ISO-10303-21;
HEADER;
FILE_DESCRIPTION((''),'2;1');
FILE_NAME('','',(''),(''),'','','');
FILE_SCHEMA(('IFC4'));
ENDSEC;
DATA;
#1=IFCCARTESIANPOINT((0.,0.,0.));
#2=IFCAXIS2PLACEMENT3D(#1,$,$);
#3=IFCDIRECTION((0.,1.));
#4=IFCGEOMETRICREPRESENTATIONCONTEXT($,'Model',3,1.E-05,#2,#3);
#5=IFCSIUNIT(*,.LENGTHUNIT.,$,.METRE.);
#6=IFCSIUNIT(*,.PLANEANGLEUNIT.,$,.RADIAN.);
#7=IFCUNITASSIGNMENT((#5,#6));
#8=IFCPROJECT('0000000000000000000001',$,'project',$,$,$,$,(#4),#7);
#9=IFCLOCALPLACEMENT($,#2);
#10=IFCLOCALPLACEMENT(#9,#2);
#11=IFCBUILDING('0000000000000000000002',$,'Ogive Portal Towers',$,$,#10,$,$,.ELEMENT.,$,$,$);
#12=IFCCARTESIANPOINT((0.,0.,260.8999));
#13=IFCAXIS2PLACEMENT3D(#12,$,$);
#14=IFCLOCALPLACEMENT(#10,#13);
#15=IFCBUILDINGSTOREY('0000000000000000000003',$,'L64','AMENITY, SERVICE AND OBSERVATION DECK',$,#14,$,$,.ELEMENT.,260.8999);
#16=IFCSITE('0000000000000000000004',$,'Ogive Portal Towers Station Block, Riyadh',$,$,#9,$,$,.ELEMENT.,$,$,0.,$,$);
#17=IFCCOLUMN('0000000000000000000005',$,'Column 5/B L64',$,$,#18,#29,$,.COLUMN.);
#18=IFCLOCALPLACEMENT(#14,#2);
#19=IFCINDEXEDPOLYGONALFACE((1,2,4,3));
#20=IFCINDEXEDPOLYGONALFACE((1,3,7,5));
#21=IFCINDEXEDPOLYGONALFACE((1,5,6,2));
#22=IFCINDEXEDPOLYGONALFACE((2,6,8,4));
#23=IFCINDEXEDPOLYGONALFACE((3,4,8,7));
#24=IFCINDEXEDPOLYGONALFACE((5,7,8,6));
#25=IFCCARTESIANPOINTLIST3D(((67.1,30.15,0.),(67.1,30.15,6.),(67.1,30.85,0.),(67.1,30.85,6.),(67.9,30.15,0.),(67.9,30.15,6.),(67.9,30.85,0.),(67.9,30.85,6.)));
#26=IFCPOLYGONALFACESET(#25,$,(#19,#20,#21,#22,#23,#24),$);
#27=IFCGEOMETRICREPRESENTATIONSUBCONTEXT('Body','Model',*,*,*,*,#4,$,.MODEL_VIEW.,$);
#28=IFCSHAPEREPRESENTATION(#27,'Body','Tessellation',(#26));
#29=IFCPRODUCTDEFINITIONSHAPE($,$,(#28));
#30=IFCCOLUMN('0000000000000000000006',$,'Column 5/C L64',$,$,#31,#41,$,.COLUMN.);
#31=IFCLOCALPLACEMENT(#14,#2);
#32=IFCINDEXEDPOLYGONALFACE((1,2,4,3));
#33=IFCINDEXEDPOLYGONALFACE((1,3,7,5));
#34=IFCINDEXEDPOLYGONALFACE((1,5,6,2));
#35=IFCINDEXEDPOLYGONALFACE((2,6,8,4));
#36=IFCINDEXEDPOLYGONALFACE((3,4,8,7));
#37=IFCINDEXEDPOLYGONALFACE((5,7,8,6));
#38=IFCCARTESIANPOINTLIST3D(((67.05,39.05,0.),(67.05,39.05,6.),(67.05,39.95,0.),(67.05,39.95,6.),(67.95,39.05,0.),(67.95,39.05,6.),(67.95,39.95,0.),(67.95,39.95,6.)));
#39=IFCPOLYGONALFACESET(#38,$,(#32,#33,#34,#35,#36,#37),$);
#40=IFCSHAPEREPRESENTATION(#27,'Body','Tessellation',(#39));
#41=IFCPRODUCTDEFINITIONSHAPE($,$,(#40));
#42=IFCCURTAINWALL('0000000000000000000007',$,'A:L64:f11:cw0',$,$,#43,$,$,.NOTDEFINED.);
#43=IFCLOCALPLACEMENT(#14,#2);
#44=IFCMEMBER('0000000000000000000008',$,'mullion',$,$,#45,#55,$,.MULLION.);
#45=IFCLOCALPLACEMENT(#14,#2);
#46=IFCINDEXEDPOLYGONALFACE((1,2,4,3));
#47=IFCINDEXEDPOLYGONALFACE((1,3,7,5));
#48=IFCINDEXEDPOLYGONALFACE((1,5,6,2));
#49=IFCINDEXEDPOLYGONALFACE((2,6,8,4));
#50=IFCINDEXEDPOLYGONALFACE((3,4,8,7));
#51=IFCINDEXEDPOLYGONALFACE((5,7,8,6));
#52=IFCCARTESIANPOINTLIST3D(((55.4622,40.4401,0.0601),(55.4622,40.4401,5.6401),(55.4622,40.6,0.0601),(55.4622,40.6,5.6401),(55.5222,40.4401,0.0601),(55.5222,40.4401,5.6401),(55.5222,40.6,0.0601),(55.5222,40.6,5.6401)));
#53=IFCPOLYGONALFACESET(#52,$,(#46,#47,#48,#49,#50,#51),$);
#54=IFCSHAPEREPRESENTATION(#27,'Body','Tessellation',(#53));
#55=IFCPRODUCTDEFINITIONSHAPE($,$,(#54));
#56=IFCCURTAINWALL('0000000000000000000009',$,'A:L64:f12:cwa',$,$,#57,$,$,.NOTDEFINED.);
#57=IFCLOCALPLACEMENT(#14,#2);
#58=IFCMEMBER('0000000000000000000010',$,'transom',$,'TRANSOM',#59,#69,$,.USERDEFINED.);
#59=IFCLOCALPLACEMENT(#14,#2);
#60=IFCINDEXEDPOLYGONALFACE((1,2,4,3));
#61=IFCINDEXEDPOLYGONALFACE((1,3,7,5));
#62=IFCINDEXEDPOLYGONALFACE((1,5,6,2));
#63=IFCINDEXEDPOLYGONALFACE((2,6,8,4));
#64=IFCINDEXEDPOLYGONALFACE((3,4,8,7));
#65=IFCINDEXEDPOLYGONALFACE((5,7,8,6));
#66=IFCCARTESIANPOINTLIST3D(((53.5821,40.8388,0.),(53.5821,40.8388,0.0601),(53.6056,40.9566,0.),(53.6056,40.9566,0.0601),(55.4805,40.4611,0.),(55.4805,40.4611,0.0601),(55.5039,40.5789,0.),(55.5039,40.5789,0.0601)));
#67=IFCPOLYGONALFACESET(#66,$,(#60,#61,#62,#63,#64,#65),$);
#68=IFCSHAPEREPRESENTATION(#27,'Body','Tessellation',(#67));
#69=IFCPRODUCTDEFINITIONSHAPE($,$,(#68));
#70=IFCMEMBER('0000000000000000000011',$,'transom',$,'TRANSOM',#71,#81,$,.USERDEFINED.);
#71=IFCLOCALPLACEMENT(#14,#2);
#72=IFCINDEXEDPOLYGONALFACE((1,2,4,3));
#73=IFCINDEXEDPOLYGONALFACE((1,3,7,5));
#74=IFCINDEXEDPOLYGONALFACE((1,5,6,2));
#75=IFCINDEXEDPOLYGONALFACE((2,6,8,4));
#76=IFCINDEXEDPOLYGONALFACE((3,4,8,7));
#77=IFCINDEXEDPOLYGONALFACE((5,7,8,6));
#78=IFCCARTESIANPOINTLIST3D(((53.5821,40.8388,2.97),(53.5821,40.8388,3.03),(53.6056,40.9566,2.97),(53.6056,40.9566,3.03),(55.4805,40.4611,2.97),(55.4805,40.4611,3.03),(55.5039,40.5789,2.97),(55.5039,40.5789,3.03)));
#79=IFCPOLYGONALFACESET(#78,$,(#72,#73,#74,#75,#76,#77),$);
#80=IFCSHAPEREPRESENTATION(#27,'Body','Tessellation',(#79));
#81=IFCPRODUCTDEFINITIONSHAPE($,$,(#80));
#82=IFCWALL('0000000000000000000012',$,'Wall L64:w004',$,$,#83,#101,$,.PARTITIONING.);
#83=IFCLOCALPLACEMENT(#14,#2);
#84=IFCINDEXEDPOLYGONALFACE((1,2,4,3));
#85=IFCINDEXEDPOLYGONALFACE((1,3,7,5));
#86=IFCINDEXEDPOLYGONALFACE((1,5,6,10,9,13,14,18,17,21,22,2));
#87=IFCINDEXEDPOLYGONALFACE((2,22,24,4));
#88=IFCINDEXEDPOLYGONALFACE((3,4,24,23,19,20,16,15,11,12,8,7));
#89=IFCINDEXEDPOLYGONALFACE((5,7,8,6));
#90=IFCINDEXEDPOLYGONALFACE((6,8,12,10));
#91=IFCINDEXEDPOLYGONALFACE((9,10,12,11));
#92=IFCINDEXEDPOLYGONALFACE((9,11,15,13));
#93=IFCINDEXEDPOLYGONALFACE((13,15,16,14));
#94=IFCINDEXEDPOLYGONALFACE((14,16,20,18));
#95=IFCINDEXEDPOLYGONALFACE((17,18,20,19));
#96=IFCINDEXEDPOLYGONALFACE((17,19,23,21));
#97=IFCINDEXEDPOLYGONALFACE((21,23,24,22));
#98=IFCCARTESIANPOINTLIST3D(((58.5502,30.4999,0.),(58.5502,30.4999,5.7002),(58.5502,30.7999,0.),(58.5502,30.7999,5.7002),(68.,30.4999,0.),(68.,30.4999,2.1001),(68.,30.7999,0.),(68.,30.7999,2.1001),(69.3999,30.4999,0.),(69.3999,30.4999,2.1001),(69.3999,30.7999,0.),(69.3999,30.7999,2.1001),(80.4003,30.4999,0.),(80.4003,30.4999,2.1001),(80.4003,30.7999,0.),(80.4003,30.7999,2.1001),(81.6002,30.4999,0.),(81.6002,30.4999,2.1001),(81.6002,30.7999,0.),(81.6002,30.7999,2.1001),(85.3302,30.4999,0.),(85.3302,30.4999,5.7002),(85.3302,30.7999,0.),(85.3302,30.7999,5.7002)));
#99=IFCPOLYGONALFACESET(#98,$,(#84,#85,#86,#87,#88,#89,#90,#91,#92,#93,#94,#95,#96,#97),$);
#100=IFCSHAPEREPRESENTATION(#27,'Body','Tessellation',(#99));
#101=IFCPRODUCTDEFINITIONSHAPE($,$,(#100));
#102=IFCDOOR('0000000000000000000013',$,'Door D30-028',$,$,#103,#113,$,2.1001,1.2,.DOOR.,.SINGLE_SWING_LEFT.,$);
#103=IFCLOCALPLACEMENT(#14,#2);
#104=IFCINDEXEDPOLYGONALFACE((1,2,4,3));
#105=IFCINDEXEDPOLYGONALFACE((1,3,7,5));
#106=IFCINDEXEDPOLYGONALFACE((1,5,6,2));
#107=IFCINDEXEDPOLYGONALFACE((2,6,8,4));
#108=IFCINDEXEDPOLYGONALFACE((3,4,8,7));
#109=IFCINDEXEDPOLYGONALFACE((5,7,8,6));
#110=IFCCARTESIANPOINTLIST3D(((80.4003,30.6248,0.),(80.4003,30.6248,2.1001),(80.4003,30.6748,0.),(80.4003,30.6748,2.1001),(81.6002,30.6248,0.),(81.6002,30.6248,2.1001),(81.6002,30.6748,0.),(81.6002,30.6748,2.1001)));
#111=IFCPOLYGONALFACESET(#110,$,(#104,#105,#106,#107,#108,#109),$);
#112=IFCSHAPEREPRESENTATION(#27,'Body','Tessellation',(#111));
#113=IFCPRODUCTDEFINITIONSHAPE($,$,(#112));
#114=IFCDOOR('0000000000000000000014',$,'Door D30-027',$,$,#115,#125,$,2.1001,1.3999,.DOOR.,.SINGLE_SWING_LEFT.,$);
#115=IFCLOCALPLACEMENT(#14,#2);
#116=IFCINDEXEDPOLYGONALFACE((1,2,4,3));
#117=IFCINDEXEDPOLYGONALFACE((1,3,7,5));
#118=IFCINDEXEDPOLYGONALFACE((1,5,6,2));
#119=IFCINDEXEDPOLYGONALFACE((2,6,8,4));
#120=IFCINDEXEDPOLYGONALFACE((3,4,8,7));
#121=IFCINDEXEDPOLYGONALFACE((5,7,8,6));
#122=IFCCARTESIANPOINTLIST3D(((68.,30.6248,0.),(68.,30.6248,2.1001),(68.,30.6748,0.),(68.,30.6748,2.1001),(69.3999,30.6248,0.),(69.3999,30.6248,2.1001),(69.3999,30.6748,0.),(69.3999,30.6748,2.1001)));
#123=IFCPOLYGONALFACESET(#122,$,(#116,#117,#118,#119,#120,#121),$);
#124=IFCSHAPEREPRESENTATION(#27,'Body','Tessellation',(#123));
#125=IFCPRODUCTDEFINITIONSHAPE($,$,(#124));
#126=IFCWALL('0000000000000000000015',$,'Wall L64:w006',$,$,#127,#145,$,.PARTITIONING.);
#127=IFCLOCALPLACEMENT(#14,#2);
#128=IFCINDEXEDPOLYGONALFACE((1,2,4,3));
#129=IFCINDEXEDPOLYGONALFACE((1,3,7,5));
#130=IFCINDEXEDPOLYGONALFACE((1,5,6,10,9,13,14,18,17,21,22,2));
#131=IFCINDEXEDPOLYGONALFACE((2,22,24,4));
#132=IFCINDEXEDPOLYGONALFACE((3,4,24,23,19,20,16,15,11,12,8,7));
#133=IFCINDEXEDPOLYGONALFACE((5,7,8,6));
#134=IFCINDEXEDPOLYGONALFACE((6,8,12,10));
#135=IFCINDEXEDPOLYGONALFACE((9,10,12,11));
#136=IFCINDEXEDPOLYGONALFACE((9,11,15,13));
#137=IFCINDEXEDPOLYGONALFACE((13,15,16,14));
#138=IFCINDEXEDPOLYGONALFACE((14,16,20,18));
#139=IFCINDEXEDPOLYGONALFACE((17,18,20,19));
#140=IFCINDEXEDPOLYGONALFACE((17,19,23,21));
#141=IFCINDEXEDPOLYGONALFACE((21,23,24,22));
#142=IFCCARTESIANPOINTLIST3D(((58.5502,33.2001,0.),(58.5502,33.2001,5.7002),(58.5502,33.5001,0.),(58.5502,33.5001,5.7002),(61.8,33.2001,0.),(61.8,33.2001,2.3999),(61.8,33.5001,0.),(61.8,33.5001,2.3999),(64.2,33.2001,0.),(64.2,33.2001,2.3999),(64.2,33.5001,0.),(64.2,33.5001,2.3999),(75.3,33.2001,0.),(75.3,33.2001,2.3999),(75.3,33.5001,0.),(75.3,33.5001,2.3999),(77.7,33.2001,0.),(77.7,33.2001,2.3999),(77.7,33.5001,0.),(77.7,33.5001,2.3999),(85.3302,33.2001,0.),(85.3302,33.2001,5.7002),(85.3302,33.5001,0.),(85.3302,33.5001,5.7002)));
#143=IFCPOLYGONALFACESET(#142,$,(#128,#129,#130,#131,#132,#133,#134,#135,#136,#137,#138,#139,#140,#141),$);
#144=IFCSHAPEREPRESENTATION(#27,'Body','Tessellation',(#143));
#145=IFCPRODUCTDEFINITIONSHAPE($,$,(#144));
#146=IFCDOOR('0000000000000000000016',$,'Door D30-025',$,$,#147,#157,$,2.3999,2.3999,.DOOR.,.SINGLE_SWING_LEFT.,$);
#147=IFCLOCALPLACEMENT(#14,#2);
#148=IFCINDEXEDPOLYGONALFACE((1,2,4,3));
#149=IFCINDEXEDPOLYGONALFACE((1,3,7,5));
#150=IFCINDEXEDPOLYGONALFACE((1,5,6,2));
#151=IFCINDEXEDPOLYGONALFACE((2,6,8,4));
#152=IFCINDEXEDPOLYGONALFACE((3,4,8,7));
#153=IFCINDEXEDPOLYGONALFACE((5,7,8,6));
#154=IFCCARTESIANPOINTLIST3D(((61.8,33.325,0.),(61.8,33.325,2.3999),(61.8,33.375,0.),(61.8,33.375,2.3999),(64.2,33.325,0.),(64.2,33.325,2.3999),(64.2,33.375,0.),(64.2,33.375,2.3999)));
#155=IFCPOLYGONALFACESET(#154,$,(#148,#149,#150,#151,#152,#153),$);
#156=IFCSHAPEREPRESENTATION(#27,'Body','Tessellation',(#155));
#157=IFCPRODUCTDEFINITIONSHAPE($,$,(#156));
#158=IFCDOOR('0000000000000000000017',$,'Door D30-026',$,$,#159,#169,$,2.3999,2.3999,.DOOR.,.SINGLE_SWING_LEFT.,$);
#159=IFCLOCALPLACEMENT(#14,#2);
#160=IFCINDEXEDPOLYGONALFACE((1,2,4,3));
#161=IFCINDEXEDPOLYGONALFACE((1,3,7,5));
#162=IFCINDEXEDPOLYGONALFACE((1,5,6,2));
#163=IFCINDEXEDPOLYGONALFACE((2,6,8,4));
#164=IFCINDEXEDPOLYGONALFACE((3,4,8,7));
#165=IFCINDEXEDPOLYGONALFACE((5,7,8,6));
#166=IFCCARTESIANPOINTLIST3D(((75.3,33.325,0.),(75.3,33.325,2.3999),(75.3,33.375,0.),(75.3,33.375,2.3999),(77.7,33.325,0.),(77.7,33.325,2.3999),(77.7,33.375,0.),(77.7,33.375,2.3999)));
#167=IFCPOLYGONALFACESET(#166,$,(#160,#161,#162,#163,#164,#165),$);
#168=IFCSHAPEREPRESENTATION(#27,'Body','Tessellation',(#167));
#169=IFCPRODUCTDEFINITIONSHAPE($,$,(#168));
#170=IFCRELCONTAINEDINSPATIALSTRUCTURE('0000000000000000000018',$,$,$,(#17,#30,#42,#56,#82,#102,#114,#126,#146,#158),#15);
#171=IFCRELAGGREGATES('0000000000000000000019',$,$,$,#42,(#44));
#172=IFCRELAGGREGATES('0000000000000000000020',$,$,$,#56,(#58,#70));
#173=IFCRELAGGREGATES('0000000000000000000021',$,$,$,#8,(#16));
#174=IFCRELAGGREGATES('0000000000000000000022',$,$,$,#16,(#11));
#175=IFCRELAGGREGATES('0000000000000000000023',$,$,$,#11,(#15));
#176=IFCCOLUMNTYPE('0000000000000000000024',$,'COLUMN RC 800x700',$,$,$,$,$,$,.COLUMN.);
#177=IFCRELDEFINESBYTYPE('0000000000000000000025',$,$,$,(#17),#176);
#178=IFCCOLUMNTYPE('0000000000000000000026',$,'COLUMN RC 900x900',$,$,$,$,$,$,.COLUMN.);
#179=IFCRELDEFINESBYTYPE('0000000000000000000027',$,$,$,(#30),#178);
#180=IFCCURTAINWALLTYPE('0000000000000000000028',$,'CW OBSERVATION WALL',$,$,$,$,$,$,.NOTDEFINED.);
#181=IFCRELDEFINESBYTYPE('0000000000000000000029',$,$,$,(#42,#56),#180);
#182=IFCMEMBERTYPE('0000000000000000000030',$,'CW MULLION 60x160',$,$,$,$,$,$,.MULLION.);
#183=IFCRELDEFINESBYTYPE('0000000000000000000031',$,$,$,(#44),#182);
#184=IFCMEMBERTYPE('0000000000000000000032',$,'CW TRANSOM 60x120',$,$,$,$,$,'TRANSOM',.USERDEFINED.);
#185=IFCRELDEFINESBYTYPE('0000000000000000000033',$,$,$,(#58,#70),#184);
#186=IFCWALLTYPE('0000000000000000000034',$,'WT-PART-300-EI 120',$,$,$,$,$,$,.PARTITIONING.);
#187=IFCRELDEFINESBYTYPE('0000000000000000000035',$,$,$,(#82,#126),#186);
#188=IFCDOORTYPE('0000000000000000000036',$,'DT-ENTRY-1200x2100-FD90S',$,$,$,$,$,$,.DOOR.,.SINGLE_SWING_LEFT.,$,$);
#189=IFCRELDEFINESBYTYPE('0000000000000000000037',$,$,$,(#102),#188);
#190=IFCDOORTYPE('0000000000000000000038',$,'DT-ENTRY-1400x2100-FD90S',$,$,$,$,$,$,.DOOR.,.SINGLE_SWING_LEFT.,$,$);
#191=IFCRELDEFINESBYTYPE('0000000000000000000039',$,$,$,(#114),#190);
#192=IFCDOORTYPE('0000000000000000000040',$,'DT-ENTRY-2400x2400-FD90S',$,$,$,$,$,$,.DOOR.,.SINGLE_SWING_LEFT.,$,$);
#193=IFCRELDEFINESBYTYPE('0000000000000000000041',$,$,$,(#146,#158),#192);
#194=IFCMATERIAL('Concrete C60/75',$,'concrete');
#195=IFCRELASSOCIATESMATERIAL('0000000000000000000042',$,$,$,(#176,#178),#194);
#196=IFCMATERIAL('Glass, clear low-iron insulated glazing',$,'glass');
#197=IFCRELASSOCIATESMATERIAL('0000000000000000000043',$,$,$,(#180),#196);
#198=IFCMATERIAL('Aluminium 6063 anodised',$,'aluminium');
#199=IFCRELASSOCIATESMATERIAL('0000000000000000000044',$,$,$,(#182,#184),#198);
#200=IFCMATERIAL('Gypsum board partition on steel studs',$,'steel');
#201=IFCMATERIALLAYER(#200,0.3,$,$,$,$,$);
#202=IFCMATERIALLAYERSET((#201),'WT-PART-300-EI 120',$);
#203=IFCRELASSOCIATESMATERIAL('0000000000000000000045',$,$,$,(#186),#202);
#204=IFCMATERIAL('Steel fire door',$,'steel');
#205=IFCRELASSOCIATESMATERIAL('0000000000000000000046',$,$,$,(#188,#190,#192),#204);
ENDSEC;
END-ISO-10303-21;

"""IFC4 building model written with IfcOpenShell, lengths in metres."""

from ifc_helpers import new_model, si_unit, direction, frame, frame_2d, origin, origin_2d, place, context, subcontext, project, spatial, rectangle, extrude, material, layer, layer_set, material_profile, profile_set, type_object, element, fill, aggregate, save


model = new_model("IFC4")

# Units and contexts
model_context = context("Model", 3, precision=1e-05, world=origin(), true_north=direction((0.0, 1.0)))
body_context = subcontext(model_context, "Body", "Model", "MODEL_VIEW")
ifc_project = project(units=[si_unit("LENGTHUNIT", "METRE"), si_unit("PLANEANGLEUNIT", "RADIAN")], contexts=[model_context])

# Site, building, storey
site_placement = place(None, origin())
site = spatial("IfcSite", under=ifc_project, at=site_placement, Name="Ogive Portal Towers Station Block, Riyadh", CompositionType="ELEMENT", RefElevation=0.0)
building_placement = place(site_placement, origin())
building = spatial("IfcBuilding", under=site, at=building_placement, Name="Ogive Portal Towers", CompositionType="ELEMENT")
storey_placement = place(building_placement, frame((0.0, 0.0, 260.8999)))
storey = spatial("IfcBuildingStorey", under=building, at=storey_placement, Name="L64", Description="AMENITY, SERVICE AND OBSERVATION DECK", CompositionType="ELEMENT", Elevation=260.8999)

# Columns
ifc_material_1 = material(Name="Concrete C60/75", Category="concrete")
ifc_material_profile_1 = material_profile(ifc_material_1, rectangle(XDim=0.8, YDim=0.7, at=origin_2d()), Name="RC 800x700")
ifc_profile_set_1 = profile_set([ifc_material_profile_1], Name="Concrete C60/75")
column_type_1 = type_object("IfcColumnType", Name="COLUMN RC 800x700", PredefinedType="COLUMN", material=ifc_profile_set_1)
column_1_placement = place(storey_placement, frame((67.5, 30.5, 0.0), z_axis=(0.0, 0.0, 1.0), x_axis=(1.0, 0.0, 0.0)))
element("IfcColumn", 1, at=column_1_placement, inside=storey, type_object=column_type_1, Name="Column 5/B L64", PredefinedType="COLUMN", context=body_context, shape_type="SweptSolid", body=[
    extrude(rectangle(XDim=0.8, YDim=0.7, at=origin_2d()), origin(), (0.0, 0.0, 1.0), 6.0),
])
ifc_material_profile_2 = material_profile(ifc_material_1, rectangle(XDim=0.8999, YDim=0.8999, at=origin_2d()), Name="RC 900x900")
ifc_profile_set_2 = profile_set([ifc_material_profile_2], Name="Concrete C60/75")
column_type_2 = type_object("IfcColumnType", Name="COLUMN RC 900x900", PredefinedType="COLUMN", material=ifc_profile_set_2)
column_2_placement = place(storey_placement, frame((67.5, 39.5, 0.0), z_axis=(0.0, 0.0, 1.0), x_axis=(1.0, 0.0, 0.0)))
element("IfcColumn", 2, at=column_2_placement, inside=storey, type_object=column_type_2, Name="Column 5/C L64", PredefinedType="COLUMN", context=body_context, shape_type="SweptSolid", body=[
    extrude(rectangle(XDim=0.8999, YDim=0.8999, at=origin_2d()), origin(), (0.0, 0.0, 1.0), 6.0),
])

# Curtain wall, member
ifc_material_2 = material(Name="Glass, clear low-iron insulated glazing", Category="glass")
curtain_wall_type = type_object("IfcCurtainWallType", Name="CW OBSERVATION WALL", PredefinedType="NOTDEFINED", material=ifc_material_2)
curtain_wall_1_placement = place(storey_placement, origin())
curtain_wall_1 = element("IfcCurtainWall", 3, at=curtain_wall_1_placement, inside=storey, type_object=curtain_wall_type, Name="A:L64:f11:cw0", PredefinedType="NOTDEFINED")
ifc_material_3 = material(Name="Aluminium 6063 anodised", Category="aluminium")
ifc_material_profile_3 = material_profile(ifc_material_3, rectangle(XDim=0.1599, YDim=0.0601, at=origin_2d()), Name="AL 60x160")
ifc_profile_set_3 = profile_set([ifc_material_profile_3], Name="Aluminium 6063 anodised")
member_type_1 = type_object("IfcMemberType", Name="CW MULLION 60x160", PredefinedType="MULLION", material=ifc_profile_set_3)
member_1_placement = place(storey_placement, frame((55.4922, 40.52, 0.0601), z_axis=(0.0, 0.0, 1.0), x_axis=(0.0, -1.0, 0.0)))
member_1 = element("IfcMember", 4, at=member_1_placement, type_object=member_type_1, Name="mullion", PredefinedType="MULLION", context=body_context, shape_type="SweptSolid", body=[
    extrude(rectangle(XDim=0.1599, YDim=0.0601, at=origin_2d()), origin(), (0.0, 0.0, 1.0), 5.5801),
])
aggregate(curtain_wall_1, [member_1])

# Curtain wall, members
curtain_wall_2_placement = place(storey_placement, origin())
curtain_wall_2 = element("IfcCurtainWall", 5, at=curtain_wall_2_placement, inside=storey, type_object=curtain_wall_type, Name="A:L64:f12:cwa", PredefinedType="NOTDEFINED")
ifc_material_profile_4 = material_profile(ifc_material_3, rectangle(XDim=0.1201, YDim=0.0601, at=origin_2d()), Name="AL 120x60")
ifc_profile_set_4 = profile_set([ifc_material_profile_4], Name="Aluminium 6063 anodised")
member_type_2 = type_object("IfcMemberType", Name="CW TRANSOM 60x120", ElementType="TRANSOM", PredefinedType="USERDEFINED", material=ifc_profile_set_4)
member_2_placement = place(storey_placement, frame((55.4922, 40.52, 0.03), z_axis=(-0.980779, 0.195122, 0.0), x_axis=(-0.195122, -0.980779, 0.0)))
member_2 = element("IfcMember", 6, at=member_2_placement, type_object=member_type_2, Name="transom", ObjectType="TRANSOM", PredefinedType="USERDEFINED", context=body_context, shape_type="SweptSolid", body=[
    extrude(rectangle(XDim=0.1201, YDim=0.0601, at=origin_2d()), origin(), (0.0, 0.0, 1.0), 1.9355),
])
member_3_placement = place(storey_placement, frame((55.4922, 40.52, 3.0), z_axis=(-0.980779, 0.195122, 0.0), x_axis=(-0.195122, -0.980779, 0.0)))
member_3 = element("IfcMember", 7, at=member_3_placement, type_object=member_type_2, Name="transom", ObjectType="TRANSOM", PredefinedType="USERDEFINED", context=body_context, shape_type="SweptSolid", body=[
    extrude(rectangle(XDim=0.1201, YDim=0.0601, at=origin_2d()), origin(), (0.0, 0.0, 1.0), 1.9355),
])
aggregate(curtain_wall_2, [member_2, member_3])

# Walls, openings, doors
ifc_material_4 = material(Name="Gypsum board partition on steel studs", Category="steel")
ifc_layer_1 = layer(ifc_material_4, 0.3)
ifc_layer_set_1 = layer_set([ifc_layer_1], Name="WT-PART-300-EI 120")
wall_type_1 = type_object("IfcWallType", Name="WT-PART-300-EI 120", PredefinedType="PARTITIONING", material=ifc_layer_set_1)
wall_1_placement = place(storey_placement, frame((58.55, 30.6499, 0.0), z_axis=(0.0, 0.0, 1.0), x_axis=(1.0, 0.0, 0.0)))
wall_1 = element("IfcWall", 8, at=wall_1_placement, inside=storey, type_object=wall_type_1, Name="Wall L64:w004", PredefinedType="PARTITIONING", context=body_context, shape_type="SweptSolid", body=[
    extrude(rectangle(XDim=26.78, YDim=0.3, at=frame_2d((13.3901, 0.0))), origin(), (0.0, 0.0, 1.0), 5.7002),
])
opening_1_placement = place(wall_1_placement, frame((9.45, 0.0, 0.0)))
opening_1 = element("IfcOpeningElement", 9, at=opening_1_placement, cuts=wall_1, PredefinedType="OPENING", context=body_context, shape_type="SweptSolid", body=[
    extrude(rectangle(XDim=1.3999, YDim=2.1001, at=frame_2d((0.7, 1.05))), frame((0.0, 0.1602, 0.0), z_axis=(0.0, -1.0, 0.0), x_axis=(1.0, 0.0, 0.0)), (0.0, 0.0, 1.0), 0.3201),
])
opening_2_placement = place(wall_1_placement, frame((21.8501, 0.0, 0.0)))
opening_2 = element("IfcOpeningElement", 10, at=opening_2_placement, cuts=wall_1, PredefinedType="OPENING", context=body_context, shape_type="SweptSolid", body=[
    extrude(rectangle(XDim=1.2, YDim=2.1001, at=frame_2d((0.6001, 1.05))), frame((0.0, 0.1602, 0.0), z_axis=(0.0, -1.0, 0.0), x_axis=(1.0, 0.0, 0.0)), (0.0, 0.0, 1.0), 0.3201),
])
ifc_material_5 = material(Name="Steel fire door", Category="steel")
door_type_1 = type_object("IfcDoorType", Name="DT-ENTRY-1200x2100-FD90S", OperationType="SINGLE_SWING_LEFT", PredefinedType="DOOR", material=ifc_material_5)
door_1_placement = place(opening_2_placement, origin())
door_1 = element("IfcDoor", 11, at=door_1_placement, inside=storey, type_object=door_type_1, Name="Door D30-028", OperationType="SINGLE_SWING_LEFT", OverallHeight=2.1001, OverallWidth=1.2, PredefinedType="DOOR", context=body_context, shape_type="SweptSolid", body=[
    extrude(rectangle(XDim=1.2, YDim=2.1001, at=frame_2d((0.6001, 1.05))), frame((0.0, 0.0249, 0.0), z_axis=(0.0, -1.0, 0.0), x_axis=(1.0, 0.0, 0.0)), (0.0, 0.0, 1.0), 0.05),
])
fill(opening_2, door_1)
door_type_2 = type_object("IfcDoorType", Name="DT-ENTRY-1400x2100-FD90S", OperationType="SINGLE_SWING_LEFT", PredefinedType="DOOR", material=ifc_material_5)
door_2_placement = place(opening_1_placement, origin())
door_2 = element("IfcDoor", 12, at=door_2_placement, inside=storey, type_object=door_type_2, Name="Door D30-027", OperationType="SINGLE_SWING_LEFT", OverallHeight=2.1001, OverallWidth=1.3999, PredefinedType="DOOR", context=body_context, shape_type="SweptSolid", body=[
    extrude(rectangle(XDim=1.3999, YDim=2.1001, at=frame_2d((0.7, 1.05))), frame((0.0, 0.0249, 0.0), z_axis=(0.0, -1.0, 0.0), x_axis=(1.0, 0.0, 0.0)), (0.0, 0.0, 1.0), 0.05),
])
fill(opening_1, door_2)
wall_2_placement = place(storey_placement, frame((58.55, 33.3501, 0.0), z_axis=(0.0, 0.0, 1.0), x_axis=(1.0, 0.0, 0.0)))
wall_2 = element("IfcWall", 13, at=wall_2_placement, inside=storey, type_object=wall_type_1, Name="Wall L64:w006", PredefinedType="PARTITIONING", context=body_context, shape_type="SweptSolid", body=[
    extrude(rectangle(XDim=26.78, YDim=0.3, at=frame_2d((13.3901, 0.0))), origin(), (0.0, 0.0, 1.0), 5.7002),
])
opening_3_placement = place(wall_2_placement, frame((3.25, 0.0, 0.0)))
opening_3 = element("IfcOpeningElement", 14, at=opening_3_placement, cuts=wall_2, PredefinedType="OPENING", context=body_context, shape_type="SweptSolid", body=[
    extrude(rectangle(XDim=2.3999, YDim=2.3999, at=frame_2d((1.2, 1.2))), frame((0.0, 0.1602, 0.0), z_axis=(0.0, -1.0, 0.0), x_axis=(1.0, 0.0, 0.0)), (0.0, 0.0, 1.0), 0.3201),
])
opening_4_placement = place(wall_2_placement, frame((16.75, 0.0, 0.0)))
opening_4 = element("IfcOpeningElement", 15, at=opening_4_placement, cuts=wall_2, PredefinedType="OPENING", context=body_context, shape_type="SweptSolid", body=[
    extrude(rectangle(XDim=2.3999, YDim=2.3999, at=frame_2d((1.2, 1.2))), frame((0.0, 0.1602, 0.0), z_axis=(0.0, -1.0, 0.0), x_axis=(1.0, 0.0, 0.0)), (0.0, 0.0, 1.0), 0.3201),
])
door_type_3 = type_object("IfcDoorType", Name="DT-ENTRY-2400x2400-FD90S", OperationType="SINGLE_SWING_LEFT", PredefinedType="DOOR", material=ifc_material_5)
door_3_placement = place(opening_3_placement, origin())
door_3 = element("IfcDoor", 16, at=door_3_placement, inside=storey, type_object=door_type_3, Name="Door D30-025", OperationType="SINGLE_SWING_LEFT", OverallHeight=2.3999, OverallWidth=2.3999, PredefinedType="DOOR", context=body_context, shape_type="SweptSolid", body=[
    extrude(rectangle(XDim=2.3999, YDim=2.3999, at=frame_2d((1.2, 1.2))), frame((0.0, 0.0249, 0.0), z_axis=(0.0, -1.0, 0.0), x_axis=(1.0, 0.0, 0.0)), (0.0, 0.0, 1.0), 0.05),
])
fill(opening_3, door_3)
door_4_placement = place(opening_4_placement, origin())
door_4 = element("IfcDoor", 17, at=door_4_placement, inside=storey, type_object=door_type_3, Name="Door D30-026", OperationType="SINGLE_SWING_LEFT", OverallHeight=2.3999, OverallWidth=2.3999, PredefinedType="DOOR", context=body_context, shape_type="SweptSolid", body=[
    extrude(rectangle(XDim=2.3999, YDim=2.3999, at=frame_2d((1.2, 1.2))), frame((0.0, 0.0249, 0.0), z_axis=(0.0, -1.0, 0.0), x_axis=(1.0, 0.0, 0.0)), (0.0, 0.0, 1.0), 0.05),
])
fill(opening_4, door_4)

save(model, "model.ifc")
